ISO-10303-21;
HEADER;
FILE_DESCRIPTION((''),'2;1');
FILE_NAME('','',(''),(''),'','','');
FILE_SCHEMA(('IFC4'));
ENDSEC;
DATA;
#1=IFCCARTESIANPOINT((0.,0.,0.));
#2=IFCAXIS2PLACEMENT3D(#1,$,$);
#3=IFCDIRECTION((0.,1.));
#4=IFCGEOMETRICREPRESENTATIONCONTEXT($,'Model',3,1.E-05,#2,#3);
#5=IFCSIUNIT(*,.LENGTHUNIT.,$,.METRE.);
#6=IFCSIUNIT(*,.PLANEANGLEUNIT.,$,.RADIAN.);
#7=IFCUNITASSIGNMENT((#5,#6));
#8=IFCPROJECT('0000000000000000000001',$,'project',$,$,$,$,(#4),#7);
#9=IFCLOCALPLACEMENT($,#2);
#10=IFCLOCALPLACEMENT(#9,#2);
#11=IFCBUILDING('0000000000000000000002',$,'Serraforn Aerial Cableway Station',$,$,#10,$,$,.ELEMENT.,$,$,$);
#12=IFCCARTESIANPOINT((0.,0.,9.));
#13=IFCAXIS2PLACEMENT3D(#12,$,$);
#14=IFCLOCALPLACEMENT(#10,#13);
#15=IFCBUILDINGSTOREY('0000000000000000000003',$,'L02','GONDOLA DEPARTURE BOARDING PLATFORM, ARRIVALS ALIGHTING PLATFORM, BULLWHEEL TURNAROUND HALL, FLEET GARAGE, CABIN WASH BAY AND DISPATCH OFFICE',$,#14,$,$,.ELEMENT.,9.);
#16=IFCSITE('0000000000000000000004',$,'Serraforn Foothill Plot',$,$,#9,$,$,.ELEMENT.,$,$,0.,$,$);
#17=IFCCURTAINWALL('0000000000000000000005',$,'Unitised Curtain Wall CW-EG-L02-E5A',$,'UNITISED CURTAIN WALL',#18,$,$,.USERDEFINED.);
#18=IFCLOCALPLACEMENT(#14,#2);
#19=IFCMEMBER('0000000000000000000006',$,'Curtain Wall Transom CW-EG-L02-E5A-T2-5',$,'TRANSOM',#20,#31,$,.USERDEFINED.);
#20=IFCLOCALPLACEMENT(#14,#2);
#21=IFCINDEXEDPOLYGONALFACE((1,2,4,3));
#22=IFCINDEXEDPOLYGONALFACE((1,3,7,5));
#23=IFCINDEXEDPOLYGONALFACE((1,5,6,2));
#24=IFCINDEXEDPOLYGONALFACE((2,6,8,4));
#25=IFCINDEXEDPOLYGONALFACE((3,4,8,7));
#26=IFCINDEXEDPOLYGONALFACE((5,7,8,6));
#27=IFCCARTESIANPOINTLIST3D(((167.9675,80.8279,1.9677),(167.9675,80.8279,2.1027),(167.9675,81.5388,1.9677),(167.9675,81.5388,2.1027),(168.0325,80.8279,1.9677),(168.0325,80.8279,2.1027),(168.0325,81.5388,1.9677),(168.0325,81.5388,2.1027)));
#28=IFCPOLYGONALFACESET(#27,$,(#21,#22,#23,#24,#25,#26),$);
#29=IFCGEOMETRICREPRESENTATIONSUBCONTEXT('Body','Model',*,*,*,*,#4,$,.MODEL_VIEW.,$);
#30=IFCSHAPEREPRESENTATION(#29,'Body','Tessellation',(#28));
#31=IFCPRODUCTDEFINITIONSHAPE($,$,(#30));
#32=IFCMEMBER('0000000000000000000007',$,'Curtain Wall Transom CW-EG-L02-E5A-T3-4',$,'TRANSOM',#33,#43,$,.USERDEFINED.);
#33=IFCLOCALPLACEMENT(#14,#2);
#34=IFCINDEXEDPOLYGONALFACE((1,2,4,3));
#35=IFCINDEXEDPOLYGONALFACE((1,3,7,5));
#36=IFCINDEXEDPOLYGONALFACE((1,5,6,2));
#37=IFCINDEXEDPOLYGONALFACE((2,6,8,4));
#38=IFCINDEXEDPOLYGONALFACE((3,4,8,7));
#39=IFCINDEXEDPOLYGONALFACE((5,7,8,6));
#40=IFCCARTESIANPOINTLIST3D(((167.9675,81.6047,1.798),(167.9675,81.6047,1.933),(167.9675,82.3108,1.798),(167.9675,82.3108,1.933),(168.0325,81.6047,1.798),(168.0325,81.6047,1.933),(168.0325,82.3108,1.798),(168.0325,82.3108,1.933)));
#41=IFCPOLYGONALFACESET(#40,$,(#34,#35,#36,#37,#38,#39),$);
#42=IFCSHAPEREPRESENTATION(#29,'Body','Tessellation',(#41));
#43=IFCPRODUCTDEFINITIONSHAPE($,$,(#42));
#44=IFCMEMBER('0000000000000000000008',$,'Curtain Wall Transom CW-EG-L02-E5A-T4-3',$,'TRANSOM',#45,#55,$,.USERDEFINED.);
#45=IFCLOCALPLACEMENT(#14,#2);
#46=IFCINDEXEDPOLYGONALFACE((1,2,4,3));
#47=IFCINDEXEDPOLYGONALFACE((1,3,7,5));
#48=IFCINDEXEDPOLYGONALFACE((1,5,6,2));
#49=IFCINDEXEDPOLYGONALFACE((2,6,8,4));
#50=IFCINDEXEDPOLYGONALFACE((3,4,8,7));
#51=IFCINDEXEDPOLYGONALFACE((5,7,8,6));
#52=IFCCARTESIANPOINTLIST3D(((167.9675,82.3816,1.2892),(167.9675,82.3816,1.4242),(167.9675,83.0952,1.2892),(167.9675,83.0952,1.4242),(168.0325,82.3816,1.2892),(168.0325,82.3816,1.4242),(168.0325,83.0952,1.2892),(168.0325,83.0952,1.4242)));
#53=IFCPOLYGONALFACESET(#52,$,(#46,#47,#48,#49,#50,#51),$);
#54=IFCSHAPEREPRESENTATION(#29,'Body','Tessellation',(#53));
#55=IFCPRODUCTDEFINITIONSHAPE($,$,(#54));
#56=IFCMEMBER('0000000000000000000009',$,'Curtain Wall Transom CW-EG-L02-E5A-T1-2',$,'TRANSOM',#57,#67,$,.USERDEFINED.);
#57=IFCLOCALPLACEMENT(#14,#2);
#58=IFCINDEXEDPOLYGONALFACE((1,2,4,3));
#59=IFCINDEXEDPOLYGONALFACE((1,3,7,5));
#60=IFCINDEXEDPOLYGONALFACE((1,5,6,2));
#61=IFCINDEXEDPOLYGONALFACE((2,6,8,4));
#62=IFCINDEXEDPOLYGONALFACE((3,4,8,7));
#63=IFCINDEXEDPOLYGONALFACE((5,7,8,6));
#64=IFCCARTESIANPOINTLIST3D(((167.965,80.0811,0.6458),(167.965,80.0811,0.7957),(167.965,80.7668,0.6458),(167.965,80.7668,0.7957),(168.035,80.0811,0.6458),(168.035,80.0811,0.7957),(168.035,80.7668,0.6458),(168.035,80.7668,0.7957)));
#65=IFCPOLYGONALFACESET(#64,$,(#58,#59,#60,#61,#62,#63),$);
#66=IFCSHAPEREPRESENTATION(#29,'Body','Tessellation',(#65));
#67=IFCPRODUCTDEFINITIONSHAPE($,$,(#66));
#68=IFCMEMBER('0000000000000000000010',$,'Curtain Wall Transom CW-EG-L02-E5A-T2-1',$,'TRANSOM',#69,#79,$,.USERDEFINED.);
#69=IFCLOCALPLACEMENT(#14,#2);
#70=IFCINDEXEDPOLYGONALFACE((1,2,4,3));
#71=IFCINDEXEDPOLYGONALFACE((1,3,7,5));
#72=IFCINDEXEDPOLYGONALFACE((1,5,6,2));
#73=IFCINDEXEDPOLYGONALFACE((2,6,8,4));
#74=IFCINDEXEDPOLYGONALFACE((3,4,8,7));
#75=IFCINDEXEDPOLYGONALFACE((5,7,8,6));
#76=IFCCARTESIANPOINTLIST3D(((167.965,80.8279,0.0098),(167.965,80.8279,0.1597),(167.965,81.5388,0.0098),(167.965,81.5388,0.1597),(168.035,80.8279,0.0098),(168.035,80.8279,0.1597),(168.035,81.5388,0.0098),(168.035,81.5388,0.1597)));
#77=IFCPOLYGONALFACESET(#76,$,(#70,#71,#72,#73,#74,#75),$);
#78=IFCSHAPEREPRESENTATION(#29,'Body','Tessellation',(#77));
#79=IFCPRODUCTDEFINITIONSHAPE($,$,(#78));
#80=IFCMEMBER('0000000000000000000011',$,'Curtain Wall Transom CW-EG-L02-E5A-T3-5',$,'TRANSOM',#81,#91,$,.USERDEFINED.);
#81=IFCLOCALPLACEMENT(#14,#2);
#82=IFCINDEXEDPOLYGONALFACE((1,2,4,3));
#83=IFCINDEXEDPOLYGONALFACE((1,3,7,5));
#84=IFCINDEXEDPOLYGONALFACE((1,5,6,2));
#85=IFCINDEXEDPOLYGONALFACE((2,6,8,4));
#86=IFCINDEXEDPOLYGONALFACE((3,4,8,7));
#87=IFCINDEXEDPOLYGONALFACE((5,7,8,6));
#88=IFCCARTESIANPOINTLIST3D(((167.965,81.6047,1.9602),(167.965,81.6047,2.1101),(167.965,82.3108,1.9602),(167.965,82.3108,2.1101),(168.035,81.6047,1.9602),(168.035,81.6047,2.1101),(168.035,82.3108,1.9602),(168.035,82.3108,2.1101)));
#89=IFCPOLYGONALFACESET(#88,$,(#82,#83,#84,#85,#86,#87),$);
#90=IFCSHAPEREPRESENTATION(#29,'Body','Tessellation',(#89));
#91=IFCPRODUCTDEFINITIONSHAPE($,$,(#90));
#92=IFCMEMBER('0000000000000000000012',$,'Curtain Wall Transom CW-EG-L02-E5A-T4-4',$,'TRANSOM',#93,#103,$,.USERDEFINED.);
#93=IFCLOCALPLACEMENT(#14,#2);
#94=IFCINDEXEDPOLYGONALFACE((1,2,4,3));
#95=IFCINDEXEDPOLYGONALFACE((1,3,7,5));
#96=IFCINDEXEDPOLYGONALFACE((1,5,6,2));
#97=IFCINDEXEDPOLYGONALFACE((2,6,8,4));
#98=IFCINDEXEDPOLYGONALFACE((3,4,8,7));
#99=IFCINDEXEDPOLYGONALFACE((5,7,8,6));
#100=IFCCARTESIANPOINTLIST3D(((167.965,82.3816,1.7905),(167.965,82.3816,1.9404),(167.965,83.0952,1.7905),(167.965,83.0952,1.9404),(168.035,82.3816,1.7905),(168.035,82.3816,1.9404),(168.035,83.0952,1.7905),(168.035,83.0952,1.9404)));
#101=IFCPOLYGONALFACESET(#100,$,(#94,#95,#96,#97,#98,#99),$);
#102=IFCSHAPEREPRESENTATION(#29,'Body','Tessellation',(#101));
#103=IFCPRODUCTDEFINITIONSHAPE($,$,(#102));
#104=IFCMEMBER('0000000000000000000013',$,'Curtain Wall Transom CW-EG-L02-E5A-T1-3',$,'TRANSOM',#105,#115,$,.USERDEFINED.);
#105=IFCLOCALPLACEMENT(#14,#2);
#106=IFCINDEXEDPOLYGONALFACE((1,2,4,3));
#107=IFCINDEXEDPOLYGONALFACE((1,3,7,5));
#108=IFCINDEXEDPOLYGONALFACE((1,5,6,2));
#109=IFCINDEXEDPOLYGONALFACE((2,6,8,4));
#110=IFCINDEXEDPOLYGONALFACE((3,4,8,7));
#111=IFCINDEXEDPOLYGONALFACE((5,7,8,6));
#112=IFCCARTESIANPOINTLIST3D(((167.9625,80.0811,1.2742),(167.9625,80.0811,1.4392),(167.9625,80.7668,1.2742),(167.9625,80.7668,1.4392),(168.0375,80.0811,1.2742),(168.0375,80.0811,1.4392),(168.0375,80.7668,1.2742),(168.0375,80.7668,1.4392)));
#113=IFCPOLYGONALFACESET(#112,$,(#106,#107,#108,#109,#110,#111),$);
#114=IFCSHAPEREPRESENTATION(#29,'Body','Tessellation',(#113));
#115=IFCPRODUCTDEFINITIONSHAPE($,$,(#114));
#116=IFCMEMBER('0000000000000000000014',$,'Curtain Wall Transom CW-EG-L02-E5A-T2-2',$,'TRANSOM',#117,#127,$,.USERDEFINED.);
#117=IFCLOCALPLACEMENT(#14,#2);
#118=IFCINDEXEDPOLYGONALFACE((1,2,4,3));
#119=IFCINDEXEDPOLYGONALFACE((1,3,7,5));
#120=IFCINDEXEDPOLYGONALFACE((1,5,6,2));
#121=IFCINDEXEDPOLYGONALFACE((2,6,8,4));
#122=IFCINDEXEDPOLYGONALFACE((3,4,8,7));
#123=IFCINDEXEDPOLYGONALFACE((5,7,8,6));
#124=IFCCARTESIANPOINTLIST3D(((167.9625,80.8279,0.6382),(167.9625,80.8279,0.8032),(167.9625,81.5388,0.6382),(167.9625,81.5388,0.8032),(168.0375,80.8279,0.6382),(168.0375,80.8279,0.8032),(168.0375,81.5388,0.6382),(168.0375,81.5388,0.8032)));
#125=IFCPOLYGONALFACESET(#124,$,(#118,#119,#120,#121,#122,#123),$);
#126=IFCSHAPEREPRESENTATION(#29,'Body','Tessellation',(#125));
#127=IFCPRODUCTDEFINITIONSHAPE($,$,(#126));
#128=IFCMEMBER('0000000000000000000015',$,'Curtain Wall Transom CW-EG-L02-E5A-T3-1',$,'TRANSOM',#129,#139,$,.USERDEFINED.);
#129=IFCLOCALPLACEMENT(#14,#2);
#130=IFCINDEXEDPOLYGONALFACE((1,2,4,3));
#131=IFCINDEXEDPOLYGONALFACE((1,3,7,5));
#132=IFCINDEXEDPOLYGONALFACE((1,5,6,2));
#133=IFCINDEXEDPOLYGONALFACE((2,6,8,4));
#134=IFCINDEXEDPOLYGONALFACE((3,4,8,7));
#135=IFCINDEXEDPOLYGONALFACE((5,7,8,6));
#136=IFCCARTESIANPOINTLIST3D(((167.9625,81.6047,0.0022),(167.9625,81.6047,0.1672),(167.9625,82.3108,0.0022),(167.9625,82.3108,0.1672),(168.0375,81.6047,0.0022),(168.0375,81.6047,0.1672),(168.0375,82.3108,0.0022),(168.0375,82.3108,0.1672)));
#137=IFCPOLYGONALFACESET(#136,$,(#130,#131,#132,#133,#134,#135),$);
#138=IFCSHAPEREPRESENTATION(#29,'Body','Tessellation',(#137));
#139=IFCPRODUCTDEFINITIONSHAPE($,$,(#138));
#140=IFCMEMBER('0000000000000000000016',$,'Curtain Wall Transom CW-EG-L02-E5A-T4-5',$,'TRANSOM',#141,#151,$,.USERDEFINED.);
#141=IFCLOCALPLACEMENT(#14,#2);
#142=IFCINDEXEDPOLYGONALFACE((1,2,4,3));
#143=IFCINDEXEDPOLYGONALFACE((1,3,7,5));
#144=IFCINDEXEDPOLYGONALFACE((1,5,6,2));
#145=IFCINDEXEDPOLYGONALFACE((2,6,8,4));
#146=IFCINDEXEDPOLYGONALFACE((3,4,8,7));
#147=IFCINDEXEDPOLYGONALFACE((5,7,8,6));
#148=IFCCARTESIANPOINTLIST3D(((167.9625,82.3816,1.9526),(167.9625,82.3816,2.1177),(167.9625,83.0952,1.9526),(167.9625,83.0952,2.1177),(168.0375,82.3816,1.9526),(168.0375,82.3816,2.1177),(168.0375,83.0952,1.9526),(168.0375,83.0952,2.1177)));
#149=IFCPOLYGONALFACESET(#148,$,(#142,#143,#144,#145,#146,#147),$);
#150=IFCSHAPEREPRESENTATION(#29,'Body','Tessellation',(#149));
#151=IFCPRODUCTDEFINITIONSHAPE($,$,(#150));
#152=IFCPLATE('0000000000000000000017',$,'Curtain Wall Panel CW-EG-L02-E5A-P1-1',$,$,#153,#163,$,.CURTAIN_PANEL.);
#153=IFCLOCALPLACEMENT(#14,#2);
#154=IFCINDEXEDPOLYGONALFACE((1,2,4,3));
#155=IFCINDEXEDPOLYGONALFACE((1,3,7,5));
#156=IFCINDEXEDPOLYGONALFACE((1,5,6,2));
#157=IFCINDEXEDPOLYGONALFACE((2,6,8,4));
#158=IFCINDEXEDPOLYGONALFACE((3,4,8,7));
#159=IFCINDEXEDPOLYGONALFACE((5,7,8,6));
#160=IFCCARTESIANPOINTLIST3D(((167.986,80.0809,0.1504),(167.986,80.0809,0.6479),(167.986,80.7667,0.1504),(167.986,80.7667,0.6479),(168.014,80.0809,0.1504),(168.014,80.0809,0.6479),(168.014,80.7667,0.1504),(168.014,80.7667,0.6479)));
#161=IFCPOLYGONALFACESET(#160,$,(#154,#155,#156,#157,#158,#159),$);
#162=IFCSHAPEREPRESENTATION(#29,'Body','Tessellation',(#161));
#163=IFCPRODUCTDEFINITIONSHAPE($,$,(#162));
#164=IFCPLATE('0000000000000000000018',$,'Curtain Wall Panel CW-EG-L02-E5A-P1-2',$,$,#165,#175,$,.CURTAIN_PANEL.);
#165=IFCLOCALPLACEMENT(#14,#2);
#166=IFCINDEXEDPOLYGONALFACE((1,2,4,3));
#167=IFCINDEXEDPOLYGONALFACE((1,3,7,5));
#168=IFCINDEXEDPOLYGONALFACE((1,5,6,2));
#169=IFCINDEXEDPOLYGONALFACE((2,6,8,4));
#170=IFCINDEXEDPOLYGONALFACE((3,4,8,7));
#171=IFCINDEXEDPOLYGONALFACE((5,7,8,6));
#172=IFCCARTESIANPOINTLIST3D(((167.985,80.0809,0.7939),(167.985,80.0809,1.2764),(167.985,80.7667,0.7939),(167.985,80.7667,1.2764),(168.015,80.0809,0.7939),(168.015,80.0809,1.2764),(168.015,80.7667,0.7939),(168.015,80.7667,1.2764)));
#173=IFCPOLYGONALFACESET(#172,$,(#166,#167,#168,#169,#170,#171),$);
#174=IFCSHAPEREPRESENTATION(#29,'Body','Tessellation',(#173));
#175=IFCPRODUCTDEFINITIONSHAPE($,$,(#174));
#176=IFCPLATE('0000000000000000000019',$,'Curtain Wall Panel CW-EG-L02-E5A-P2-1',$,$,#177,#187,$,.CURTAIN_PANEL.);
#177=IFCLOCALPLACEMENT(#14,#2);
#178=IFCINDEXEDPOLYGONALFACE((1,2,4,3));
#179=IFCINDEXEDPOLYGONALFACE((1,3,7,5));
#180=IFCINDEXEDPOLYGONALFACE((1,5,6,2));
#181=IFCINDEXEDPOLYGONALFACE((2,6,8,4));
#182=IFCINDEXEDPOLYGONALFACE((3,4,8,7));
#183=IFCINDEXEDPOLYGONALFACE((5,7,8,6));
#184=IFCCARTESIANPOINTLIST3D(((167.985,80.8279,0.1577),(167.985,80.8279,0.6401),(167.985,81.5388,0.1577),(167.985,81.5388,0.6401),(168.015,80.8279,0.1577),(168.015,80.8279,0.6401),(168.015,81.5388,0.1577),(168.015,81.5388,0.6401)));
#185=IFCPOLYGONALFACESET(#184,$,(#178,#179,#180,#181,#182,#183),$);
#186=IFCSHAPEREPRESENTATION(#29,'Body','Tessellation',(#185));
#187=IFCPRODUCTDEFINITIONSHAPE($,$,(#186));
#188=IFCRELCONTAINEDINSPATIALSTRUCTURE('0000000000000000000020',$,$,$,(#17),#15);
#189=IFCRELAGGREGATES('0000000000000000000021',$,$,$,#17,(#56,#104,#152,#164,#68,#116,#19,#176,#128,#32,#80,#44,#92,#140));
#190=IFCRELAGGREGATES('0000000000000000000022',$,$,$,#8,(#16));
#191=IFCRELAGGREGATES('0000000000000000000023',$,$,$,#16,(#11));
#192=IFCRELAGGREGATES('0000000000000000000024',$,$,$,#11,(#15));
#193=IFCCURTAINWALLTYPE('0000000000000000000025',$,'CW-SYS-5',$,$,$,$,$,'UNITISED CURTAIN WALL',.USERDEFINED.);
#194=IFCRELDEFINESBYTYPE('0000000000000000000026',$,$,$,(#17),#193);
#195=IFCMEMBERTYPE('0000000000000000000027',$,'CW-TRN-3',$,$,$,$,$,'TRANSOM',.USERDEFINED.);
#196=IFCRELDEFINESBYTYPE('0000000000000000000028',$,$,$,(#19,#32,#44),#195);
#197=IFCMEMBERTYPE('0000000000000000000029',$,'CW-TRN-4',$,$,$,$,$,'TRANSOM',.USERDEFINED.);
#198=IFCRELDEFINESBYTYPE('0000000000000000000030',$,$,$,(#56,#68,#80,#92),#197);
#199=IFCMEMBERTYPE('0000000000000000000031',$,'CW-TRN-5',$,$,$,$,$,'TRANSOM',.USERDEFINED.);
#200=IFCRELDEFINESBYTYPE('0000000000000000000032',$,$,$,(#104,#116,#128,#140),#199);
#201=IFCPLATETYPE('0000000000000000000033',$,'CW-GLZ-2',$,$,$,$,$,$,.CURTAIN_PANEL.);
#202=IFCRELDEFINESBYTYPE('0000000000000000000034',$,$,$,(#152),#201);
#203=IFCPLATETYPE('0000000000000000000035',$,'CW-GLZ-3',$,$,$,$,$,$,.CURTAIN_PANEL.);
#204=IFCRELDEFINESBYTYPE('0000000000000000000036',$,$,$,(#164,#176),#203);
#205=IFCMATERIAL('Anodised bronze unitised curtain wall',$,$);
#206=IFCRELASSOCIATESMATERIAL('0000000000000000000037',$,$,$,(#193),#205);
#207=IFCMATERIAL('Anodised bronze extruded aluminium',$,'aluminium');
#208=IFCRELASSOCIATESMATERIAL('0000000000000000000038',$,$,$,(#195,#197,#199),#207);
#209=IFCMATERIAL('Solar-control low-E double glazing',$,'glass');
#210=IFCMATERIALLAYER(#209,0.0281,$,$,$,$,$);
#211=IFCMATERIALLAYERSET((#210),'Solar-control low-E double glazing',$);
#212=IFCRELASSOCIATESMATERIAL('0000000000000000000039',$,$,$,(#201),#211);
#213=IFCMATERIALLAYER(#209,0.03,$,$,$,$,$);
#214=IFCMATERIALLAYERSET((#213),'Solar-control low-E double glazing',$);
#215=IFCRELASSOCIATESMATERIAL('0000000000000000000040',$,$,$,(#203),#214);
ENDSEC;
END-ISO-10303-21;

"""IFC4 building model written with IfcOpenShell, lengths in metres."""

from ifc_helpers import new_model, si_unit, direction, frame, origin, origin_2d, place, context, subcontext, project, spatial, rectangle, extrude, material, layer, layer_set, material_profile, profile_set, type_object, element, aggregate, save


model = new_model("IFC4")

# Units and contexts
model_context = context("Model", 3, precision=1e-05, world=origin(), true_north=direction((0.0, 1.0)))
body_context = subcontext(model_context, "Body", "Model", "MODEL_VIEW")
ifc_project = project(units=[si_unit("LENGTHUNIT", "METRE"), si_unit("PLANEANGLEUNIT", "RADIAN")], contexts=[model_context])

# Site, building, storey
site_placement = place(None, origin())
site = spatial("IfcSite", under=ifc_project, at=site_placement, Name="Serraforn Foothill Plot", CompositionType="ELEMENT", RefElevation=0.0)
building_placement = place(site_placement, origin())
building = spatial("IfcBuilding", under=site, at=building_placement, Name="Serraforn Aerial Cableway Station", CompositionType="ELEMENT")
storey_placement = place(building_placement, frame((0.0, 0.0, 9.0)))
storey = spatial("IfcBuildingStorey", under=building, at=storey_placement, Name="L02", Description="GONDOLA DEPARTURE BOARDING PLATFORM, ARRIVALS ALIGHTING PLATFORM, BULLWHEEL TURNAROUND HALL, FLEET GARAGE, CABIN WASH BAY AND DISPATCH OFFICE", CompositionType="ELEMENT", Elevation=9.0)

# Curtain wall, members, plates
ifc_material_1 = material(Name="Anodised bronze unitised curtain wall")
curtain_wall_type = type_object("IfcCurtainWallType", Name="CW-SYS-5", ElementType="UNITISED CURTAIN WALL", PredefinedType="USERDEFINED", material=ifc_material_1)
curtain_wall_placement = place(storey_placement, origin())
curtain_wall = element("IfcCurtainWall", 1, at=curtain_wall_placement, inside=storey, type_object=curtain_wall_type, Name="Unitised Curtain Wall CW-EG-L02-E5A", ObjectType="UNITISED CURTAIN WALL", PredefinedType="USERDEFINED")
ifc_material_2 = material(Name="Anodised bronze extruded aluminium", Category="aluminium")
ifc_material_profile_1 = material_profile(ifc_material_2, rectangle(XDim=0.0649, YDim=0.135, at=origin_2d()), Name="CW TRANSOM 65x135")
ifc_profile_set_1 = profile_set([ifc_material_profile_1], Name="Anodised bronze extruded aluminium")
member_type_1 = type_object("IfcMemberType", Name="CW-TRN-3", ElementType="TRANSOM", PredefinedType="USERDEFINED", material=ifc_profile_set_1)
member_1_placement = place(storey_placement, frame((168.0, 80.8279, 2.0352), z_axis=(0.0, 1.0, 0.0), x_axis=(-1.0, 0.0, 0.0)))
member_1 = element("IfcMember", 2, at=member_1_placement, type_object=member_type_1, Name="Curtain Wall Transom CW-EG-L02-E5A-T2-5", ObjectType="TRANSOM", PredefinedType="USERDEFINED", context=body_context, shape_type="SweptSolid", body=[
    extrude(rectangle(XDim=0.0649, YDim=0.135, at=origin_2d()), origin(), (0.0, 0.0, 1.0), 0.7109),
])
member_2_placement = place(storey_placement, frame((168.0, 81.6047, 1.8655), z_axis=(0.0, 1.0, 0.0), x_axis=(-1.0, 0.0, 0.0)))
member_2 = element("IfcMember", 3, at=member_2_placement, type_object=member_type_1, Name="Curtain Wall Transom CW-EG-L02-E5A-T3-4", ObjectType="TRANSOM", PredefinedType="USERDEFINED", context=body_context, shape_type="SweptSolid", body=[
    extrude(rectangle(XDim=0.0649, YDim=0.135, at=origin_2d()), origin(), (0.0, 0.0, 1.0), 0.7061),
])
member_3_placement = place(storey_placement, frame((168.0, 82.3816, 1.3567), z_axis=(0.0, 1.0, 0.0), x_axis=(-1.0, 0.0, 0.0)))
member_3 = element("IfcMember", 4, at=member_3_placement, type_object=member_type_1, Name="Curtain Wall Transom CW-EG-L02-E5A-T4-3", ObjectType="TRANSOM", PredefinedType="USERDEFINED", context=body_context, shape_type="SweptSolid", body=[
    extrude(rectangle(XDim=0.0649, YDim=0.135, at=origin_2d()), origin(), (0.0, 0.0, 1.0), 0.7136),
])
ifc_material_profile_2 = material_profile(ifc_material_2, rectangle(XDim=0.0701, YDim=0.1499, at=origin_2d()), Name="CW TRANSOM 70x150")
ifc_profile_set_2 = profile_set([ifc_material_profile_2], Name="Anodised bronze extruded aluminium")
member_type_2 = type_object("IfcMemberType", Name="CW-TRN-4", ElementType="TRANSOM", PredefinedType="USERDEFINED", material=ifc_profile_set_2)
member_4_placement = place(storey_placement, frame((168.0, 80.0811, 0.7207), z_axis=(0.0, 1.0, 0.0), x_axis=(-1.0, 0.0, 0.0)))
member_4 = element("IfcMember", 5, at=member_4_placement, type_object=member_type_2, Name="Curtain Wall Transom CW-EG-L02-E5A-T1-2", ObjectType="TRANSOM", PredefinedType="USERDEFINED", context=body_context, shape_type="SweptSolid", body=[
    extrude(rectangle(XDim=0.0701, YDim=0.1499, at=origin_2d()), origin(), (0.0, 0.0, 1.0), 0.6858),
])
member_5_placement = place(storey_placement, frame((168.0, 80.8279, 0.0847), z_axis=(0.0, 1.0, 0.0), x_axis=(-1.0, 0.0, 0.0)))
member_5 = element("IfcMember", 6, at=member_5_placement, type_object=member_type_2, Name="Curtain Wall Transom CW-EG-L02-E5A-T2-1", ObjectType="TRANSOM", PredefinedType="USERDEFINED", context=body_context, shape_type="SweptSolid", body=[
    extrude(rectangle(XDim=0.0701, YDim=0.1499, at=origin_2d()), origin(), (0.0, 0.0, 1.0), 0.7109),
])
member_6_placement = place(storey_placement, frame((168.0, 81.6047, 2.0352), z_axis=(0.0, 1.0, 0.0), x_axis=(-1.0, 0.0, 0.0)))
member_6 = element("IfcMember", 7, at=member_6_placement, type_object=member_type_2, Name="Curtain Wall Transom CW-EG-L02-E5A-T3-5", ObjectType="TRANSOM", PredefinedType="USERDEFINED", context=body_context, shape_type="SweptSolid", body=[
    extrude(rectangle(XDim=0.0701, YDim=0.1499, at=origin_2d()), origin(), (0.0, 0.0, 1.0), 0.7061),
])
member_7_placement = place(storey_placement, frame((168.0, 82.3816, 1.8655), z_axis=(0.0, 1.0, 0.0), x_axis=(-1.0, 0.0, 0.0)))
member_7 = element("IfcMember", 8, at=member_7_placement, type_object=member_type_2, Name="Curtain Wall Transom CW-EG-L02-E5A-T4-4", ObjectType="TRANSOM", PredefinedType="USERDEFINED", context=body_context, shape_type="SweptSolid", body=[
    extrude(rectangle(XDim=0.0701, YDim=0.1499, at=origin_2d()), origin(), (0.0, 0.0, 1.0), 0.7136),
])
ifc_material_profile_3 = material_profile(ifc_material_2, rectangle(XDim=0.075, YDim=0.165, at=origin_2d()), Name="CW TRANSOM 75x165")
ifc_profile_set_3 = profile_set([ifc_material_profile_3], Name="Anodised bronze extruded aluminium")
member_type_3 = type_object("IfcMemberType", Name="CW-TRN-5", ElementType="TRANSOM", PredefinedType="USERDEFINED", material=ifc_profile_set_3)
member_8_placement = place(storey_placement, frame((168.0, 80.0811, 1.3567), z_axis=(0.0, 1.0, 0.0), x_axis=(-1.0, 0.0, 0.0)))
member_8 = element("IfcMember", 9, at=member_8_placement, type_object=member_type_3, Name="Curtain Wall Transom CW-EG-L02-E5A-T1-3", ObjectType="TRANSOM", PredefinedType="USERDEFINED", context=body_context, shape_type="SweptSolid", body=[
    extrude(rectangle(XDim=0.075, YDim=0.165, at=origin_2d()), origin(), (0.0, 0.0, 1.0), 0.6858),
])
member_9_placement = place(storey_placement, frame((168.0, 80.8279, 0.7207), z_axis=(0.0, 1.0, 0.0), x_axis=(-1.0, 0.0, 0.0)))
member_9 = element("IfcMember", 10, at=member_9_placement, type_object=member_type_3, Name="Curtain Wall Transom CW-EG-L02-E5A-T2-2", ObjectType="TRANSOM", PredefinedType="USERDEFINED", context=body_context, shape_type="SweptSolid", body=[
    extrude(rectangle(XDim=0.075, YDim=0.165, at=origin_2d()), origin(), (0.0, 0.0, 1.0), 0.7109),
])
member_10_placement = place(storey_placement, frame((168.0, 81.6047, 0.0847), z_axis=(0.0, 1.0, 0.0), x_axis=(-1.0, 0.0, 0.0)))
member_10 = element("IfcMember", 11, at=member_10_placement, type_object=member_type_3, Name="Curtain Wall Transom CW-EG-L02-E5A-T3-1", ObjectType="TRANSOM", PredefinedType="USERDEFINED", context=body_context, shape_type="SweptSolid", body=[
    extrude(rectangle(XDim=0.075, YDim=0.165, at=origin_2d()), origin(), (0.0, 0.0, 1.0), 0.7061),
])
member_11_placement = place(storey_placement, frame((168.0, 82.3816, 2.0352), z_axis=(0.0, 1.0, 0.0), x_axis=(-1.0, 0.0, 0.0)))
member_11 = element("IfcMember", 12, at=member_11_placement, type_object=member_type_3, Name="Curtain Wall Transom CW-EG-L02-E5A-T4-5", ObjectType="TRANSOM", PredefinedType="USERDEFINED", context=body_context, shape_type="SweptSolid", body=[
    extrude(rectangle(XDim=0.075, YDim=0.165, at=origin_2d()), origin(), (0.0, 0.0, 1.0), 0.7136),
])
ifc_material_3 = material(Name="Solar-control low-E double glazing", Category="glass")
ifc_layer_1 = layer(ifc_material_3, 0.0281)
ifc_layer_set_1 = layer_set([ifc_layer_1], Name="Solar-control low-E double glazing")
plate_type_1 = type_object("IfcPlateType", Name="CW-GLZ-2", PredefinedType="CURTAIN_PANEL", material=ifc_layer_set_1)
plate_1_placement = place(storey_placement, frame((168.0, 80.4238, 0.1504), z_axis=(0.0, 0.0, 1.0), x_axis=(1.0, 0.0, 0.0)))
plate_1 = element("IfcPlate", 13, at=plate_1_placement, type_object=plate_type_1, Name="Curtain Wall Panel CW-EG-L02-E5A-P1-1", PredefinedType="CURTAIN_PANEL", context=body_context, shape_type="SweptSolid", body=[
    extrude(rectangle(XDim=0.0281, YDim=0.6858, at=origin_2d()), origin(), (0.0, 0.0, 1.0), 0.4976),
])
ifc_layer_2 = layer(ifc_material_3, 0.03)
ifc_layer_set_2 = layer_set([ifc_layer_2], Name="Solar-control low-E double glazing")
plate_type_2 = type_object("IfcPlateType", Name="CW-GLZ-3", PredefinedType="CURTAIN_PANEL", material=ifc_layer_set_2)
plate_2_placement = place(storey_placement, frame((168.0, 80.4238, 0.7939), z_axis=(0.0, 0.0, 1.0), x_axis=(1.0, 0.0, 0.0)))
plate_2 = element("IfcPlate", 14, at=plate_2_placement, type_object=plate_type_2, Name="Curtain Wall Panel CW-EG-L02-E5A-P1-2", PredefinedType="CURTAIN_PANEL", context=body_context, shape_type="SweptSolid", body=[
    extrude(rectangle(XDim=0.03, YDim=0.6858, at=origin_2d()), origin(), (0.0, 0.0, 1.0), 0.4824),
])
plate_3_placement = place(storey_placement, frame((168.0, 81.1833, 0.1577), z_axis=(0.0, 0.0, 1.0), x_axis=(1.0, 0.0, 0.0)))
plate_3 = element("IfcPlate", 15, at=plate_3_placement, type_object=plate_type_2, Name="Curtain Wall Panel CW-EG-L02-E5A-P2-1", PredefinedType="CURTAIN_PANEL", context=body_context, shape_type="SweptSolid", body=[
    extrude(rectangle(XDim=0.03, YDim=0.7109, at=origin_2d()), origin(), (0.0, 0.0, 1.0), 0.4824),
])
aggregate(curtain_wall, [member_4, member_8, plate_1, plate_2, member_5, member_9, member_1, plate_3, member_10, member_2, member_6, member_3, member_7, member_11])

save(model, "model.ifc")
